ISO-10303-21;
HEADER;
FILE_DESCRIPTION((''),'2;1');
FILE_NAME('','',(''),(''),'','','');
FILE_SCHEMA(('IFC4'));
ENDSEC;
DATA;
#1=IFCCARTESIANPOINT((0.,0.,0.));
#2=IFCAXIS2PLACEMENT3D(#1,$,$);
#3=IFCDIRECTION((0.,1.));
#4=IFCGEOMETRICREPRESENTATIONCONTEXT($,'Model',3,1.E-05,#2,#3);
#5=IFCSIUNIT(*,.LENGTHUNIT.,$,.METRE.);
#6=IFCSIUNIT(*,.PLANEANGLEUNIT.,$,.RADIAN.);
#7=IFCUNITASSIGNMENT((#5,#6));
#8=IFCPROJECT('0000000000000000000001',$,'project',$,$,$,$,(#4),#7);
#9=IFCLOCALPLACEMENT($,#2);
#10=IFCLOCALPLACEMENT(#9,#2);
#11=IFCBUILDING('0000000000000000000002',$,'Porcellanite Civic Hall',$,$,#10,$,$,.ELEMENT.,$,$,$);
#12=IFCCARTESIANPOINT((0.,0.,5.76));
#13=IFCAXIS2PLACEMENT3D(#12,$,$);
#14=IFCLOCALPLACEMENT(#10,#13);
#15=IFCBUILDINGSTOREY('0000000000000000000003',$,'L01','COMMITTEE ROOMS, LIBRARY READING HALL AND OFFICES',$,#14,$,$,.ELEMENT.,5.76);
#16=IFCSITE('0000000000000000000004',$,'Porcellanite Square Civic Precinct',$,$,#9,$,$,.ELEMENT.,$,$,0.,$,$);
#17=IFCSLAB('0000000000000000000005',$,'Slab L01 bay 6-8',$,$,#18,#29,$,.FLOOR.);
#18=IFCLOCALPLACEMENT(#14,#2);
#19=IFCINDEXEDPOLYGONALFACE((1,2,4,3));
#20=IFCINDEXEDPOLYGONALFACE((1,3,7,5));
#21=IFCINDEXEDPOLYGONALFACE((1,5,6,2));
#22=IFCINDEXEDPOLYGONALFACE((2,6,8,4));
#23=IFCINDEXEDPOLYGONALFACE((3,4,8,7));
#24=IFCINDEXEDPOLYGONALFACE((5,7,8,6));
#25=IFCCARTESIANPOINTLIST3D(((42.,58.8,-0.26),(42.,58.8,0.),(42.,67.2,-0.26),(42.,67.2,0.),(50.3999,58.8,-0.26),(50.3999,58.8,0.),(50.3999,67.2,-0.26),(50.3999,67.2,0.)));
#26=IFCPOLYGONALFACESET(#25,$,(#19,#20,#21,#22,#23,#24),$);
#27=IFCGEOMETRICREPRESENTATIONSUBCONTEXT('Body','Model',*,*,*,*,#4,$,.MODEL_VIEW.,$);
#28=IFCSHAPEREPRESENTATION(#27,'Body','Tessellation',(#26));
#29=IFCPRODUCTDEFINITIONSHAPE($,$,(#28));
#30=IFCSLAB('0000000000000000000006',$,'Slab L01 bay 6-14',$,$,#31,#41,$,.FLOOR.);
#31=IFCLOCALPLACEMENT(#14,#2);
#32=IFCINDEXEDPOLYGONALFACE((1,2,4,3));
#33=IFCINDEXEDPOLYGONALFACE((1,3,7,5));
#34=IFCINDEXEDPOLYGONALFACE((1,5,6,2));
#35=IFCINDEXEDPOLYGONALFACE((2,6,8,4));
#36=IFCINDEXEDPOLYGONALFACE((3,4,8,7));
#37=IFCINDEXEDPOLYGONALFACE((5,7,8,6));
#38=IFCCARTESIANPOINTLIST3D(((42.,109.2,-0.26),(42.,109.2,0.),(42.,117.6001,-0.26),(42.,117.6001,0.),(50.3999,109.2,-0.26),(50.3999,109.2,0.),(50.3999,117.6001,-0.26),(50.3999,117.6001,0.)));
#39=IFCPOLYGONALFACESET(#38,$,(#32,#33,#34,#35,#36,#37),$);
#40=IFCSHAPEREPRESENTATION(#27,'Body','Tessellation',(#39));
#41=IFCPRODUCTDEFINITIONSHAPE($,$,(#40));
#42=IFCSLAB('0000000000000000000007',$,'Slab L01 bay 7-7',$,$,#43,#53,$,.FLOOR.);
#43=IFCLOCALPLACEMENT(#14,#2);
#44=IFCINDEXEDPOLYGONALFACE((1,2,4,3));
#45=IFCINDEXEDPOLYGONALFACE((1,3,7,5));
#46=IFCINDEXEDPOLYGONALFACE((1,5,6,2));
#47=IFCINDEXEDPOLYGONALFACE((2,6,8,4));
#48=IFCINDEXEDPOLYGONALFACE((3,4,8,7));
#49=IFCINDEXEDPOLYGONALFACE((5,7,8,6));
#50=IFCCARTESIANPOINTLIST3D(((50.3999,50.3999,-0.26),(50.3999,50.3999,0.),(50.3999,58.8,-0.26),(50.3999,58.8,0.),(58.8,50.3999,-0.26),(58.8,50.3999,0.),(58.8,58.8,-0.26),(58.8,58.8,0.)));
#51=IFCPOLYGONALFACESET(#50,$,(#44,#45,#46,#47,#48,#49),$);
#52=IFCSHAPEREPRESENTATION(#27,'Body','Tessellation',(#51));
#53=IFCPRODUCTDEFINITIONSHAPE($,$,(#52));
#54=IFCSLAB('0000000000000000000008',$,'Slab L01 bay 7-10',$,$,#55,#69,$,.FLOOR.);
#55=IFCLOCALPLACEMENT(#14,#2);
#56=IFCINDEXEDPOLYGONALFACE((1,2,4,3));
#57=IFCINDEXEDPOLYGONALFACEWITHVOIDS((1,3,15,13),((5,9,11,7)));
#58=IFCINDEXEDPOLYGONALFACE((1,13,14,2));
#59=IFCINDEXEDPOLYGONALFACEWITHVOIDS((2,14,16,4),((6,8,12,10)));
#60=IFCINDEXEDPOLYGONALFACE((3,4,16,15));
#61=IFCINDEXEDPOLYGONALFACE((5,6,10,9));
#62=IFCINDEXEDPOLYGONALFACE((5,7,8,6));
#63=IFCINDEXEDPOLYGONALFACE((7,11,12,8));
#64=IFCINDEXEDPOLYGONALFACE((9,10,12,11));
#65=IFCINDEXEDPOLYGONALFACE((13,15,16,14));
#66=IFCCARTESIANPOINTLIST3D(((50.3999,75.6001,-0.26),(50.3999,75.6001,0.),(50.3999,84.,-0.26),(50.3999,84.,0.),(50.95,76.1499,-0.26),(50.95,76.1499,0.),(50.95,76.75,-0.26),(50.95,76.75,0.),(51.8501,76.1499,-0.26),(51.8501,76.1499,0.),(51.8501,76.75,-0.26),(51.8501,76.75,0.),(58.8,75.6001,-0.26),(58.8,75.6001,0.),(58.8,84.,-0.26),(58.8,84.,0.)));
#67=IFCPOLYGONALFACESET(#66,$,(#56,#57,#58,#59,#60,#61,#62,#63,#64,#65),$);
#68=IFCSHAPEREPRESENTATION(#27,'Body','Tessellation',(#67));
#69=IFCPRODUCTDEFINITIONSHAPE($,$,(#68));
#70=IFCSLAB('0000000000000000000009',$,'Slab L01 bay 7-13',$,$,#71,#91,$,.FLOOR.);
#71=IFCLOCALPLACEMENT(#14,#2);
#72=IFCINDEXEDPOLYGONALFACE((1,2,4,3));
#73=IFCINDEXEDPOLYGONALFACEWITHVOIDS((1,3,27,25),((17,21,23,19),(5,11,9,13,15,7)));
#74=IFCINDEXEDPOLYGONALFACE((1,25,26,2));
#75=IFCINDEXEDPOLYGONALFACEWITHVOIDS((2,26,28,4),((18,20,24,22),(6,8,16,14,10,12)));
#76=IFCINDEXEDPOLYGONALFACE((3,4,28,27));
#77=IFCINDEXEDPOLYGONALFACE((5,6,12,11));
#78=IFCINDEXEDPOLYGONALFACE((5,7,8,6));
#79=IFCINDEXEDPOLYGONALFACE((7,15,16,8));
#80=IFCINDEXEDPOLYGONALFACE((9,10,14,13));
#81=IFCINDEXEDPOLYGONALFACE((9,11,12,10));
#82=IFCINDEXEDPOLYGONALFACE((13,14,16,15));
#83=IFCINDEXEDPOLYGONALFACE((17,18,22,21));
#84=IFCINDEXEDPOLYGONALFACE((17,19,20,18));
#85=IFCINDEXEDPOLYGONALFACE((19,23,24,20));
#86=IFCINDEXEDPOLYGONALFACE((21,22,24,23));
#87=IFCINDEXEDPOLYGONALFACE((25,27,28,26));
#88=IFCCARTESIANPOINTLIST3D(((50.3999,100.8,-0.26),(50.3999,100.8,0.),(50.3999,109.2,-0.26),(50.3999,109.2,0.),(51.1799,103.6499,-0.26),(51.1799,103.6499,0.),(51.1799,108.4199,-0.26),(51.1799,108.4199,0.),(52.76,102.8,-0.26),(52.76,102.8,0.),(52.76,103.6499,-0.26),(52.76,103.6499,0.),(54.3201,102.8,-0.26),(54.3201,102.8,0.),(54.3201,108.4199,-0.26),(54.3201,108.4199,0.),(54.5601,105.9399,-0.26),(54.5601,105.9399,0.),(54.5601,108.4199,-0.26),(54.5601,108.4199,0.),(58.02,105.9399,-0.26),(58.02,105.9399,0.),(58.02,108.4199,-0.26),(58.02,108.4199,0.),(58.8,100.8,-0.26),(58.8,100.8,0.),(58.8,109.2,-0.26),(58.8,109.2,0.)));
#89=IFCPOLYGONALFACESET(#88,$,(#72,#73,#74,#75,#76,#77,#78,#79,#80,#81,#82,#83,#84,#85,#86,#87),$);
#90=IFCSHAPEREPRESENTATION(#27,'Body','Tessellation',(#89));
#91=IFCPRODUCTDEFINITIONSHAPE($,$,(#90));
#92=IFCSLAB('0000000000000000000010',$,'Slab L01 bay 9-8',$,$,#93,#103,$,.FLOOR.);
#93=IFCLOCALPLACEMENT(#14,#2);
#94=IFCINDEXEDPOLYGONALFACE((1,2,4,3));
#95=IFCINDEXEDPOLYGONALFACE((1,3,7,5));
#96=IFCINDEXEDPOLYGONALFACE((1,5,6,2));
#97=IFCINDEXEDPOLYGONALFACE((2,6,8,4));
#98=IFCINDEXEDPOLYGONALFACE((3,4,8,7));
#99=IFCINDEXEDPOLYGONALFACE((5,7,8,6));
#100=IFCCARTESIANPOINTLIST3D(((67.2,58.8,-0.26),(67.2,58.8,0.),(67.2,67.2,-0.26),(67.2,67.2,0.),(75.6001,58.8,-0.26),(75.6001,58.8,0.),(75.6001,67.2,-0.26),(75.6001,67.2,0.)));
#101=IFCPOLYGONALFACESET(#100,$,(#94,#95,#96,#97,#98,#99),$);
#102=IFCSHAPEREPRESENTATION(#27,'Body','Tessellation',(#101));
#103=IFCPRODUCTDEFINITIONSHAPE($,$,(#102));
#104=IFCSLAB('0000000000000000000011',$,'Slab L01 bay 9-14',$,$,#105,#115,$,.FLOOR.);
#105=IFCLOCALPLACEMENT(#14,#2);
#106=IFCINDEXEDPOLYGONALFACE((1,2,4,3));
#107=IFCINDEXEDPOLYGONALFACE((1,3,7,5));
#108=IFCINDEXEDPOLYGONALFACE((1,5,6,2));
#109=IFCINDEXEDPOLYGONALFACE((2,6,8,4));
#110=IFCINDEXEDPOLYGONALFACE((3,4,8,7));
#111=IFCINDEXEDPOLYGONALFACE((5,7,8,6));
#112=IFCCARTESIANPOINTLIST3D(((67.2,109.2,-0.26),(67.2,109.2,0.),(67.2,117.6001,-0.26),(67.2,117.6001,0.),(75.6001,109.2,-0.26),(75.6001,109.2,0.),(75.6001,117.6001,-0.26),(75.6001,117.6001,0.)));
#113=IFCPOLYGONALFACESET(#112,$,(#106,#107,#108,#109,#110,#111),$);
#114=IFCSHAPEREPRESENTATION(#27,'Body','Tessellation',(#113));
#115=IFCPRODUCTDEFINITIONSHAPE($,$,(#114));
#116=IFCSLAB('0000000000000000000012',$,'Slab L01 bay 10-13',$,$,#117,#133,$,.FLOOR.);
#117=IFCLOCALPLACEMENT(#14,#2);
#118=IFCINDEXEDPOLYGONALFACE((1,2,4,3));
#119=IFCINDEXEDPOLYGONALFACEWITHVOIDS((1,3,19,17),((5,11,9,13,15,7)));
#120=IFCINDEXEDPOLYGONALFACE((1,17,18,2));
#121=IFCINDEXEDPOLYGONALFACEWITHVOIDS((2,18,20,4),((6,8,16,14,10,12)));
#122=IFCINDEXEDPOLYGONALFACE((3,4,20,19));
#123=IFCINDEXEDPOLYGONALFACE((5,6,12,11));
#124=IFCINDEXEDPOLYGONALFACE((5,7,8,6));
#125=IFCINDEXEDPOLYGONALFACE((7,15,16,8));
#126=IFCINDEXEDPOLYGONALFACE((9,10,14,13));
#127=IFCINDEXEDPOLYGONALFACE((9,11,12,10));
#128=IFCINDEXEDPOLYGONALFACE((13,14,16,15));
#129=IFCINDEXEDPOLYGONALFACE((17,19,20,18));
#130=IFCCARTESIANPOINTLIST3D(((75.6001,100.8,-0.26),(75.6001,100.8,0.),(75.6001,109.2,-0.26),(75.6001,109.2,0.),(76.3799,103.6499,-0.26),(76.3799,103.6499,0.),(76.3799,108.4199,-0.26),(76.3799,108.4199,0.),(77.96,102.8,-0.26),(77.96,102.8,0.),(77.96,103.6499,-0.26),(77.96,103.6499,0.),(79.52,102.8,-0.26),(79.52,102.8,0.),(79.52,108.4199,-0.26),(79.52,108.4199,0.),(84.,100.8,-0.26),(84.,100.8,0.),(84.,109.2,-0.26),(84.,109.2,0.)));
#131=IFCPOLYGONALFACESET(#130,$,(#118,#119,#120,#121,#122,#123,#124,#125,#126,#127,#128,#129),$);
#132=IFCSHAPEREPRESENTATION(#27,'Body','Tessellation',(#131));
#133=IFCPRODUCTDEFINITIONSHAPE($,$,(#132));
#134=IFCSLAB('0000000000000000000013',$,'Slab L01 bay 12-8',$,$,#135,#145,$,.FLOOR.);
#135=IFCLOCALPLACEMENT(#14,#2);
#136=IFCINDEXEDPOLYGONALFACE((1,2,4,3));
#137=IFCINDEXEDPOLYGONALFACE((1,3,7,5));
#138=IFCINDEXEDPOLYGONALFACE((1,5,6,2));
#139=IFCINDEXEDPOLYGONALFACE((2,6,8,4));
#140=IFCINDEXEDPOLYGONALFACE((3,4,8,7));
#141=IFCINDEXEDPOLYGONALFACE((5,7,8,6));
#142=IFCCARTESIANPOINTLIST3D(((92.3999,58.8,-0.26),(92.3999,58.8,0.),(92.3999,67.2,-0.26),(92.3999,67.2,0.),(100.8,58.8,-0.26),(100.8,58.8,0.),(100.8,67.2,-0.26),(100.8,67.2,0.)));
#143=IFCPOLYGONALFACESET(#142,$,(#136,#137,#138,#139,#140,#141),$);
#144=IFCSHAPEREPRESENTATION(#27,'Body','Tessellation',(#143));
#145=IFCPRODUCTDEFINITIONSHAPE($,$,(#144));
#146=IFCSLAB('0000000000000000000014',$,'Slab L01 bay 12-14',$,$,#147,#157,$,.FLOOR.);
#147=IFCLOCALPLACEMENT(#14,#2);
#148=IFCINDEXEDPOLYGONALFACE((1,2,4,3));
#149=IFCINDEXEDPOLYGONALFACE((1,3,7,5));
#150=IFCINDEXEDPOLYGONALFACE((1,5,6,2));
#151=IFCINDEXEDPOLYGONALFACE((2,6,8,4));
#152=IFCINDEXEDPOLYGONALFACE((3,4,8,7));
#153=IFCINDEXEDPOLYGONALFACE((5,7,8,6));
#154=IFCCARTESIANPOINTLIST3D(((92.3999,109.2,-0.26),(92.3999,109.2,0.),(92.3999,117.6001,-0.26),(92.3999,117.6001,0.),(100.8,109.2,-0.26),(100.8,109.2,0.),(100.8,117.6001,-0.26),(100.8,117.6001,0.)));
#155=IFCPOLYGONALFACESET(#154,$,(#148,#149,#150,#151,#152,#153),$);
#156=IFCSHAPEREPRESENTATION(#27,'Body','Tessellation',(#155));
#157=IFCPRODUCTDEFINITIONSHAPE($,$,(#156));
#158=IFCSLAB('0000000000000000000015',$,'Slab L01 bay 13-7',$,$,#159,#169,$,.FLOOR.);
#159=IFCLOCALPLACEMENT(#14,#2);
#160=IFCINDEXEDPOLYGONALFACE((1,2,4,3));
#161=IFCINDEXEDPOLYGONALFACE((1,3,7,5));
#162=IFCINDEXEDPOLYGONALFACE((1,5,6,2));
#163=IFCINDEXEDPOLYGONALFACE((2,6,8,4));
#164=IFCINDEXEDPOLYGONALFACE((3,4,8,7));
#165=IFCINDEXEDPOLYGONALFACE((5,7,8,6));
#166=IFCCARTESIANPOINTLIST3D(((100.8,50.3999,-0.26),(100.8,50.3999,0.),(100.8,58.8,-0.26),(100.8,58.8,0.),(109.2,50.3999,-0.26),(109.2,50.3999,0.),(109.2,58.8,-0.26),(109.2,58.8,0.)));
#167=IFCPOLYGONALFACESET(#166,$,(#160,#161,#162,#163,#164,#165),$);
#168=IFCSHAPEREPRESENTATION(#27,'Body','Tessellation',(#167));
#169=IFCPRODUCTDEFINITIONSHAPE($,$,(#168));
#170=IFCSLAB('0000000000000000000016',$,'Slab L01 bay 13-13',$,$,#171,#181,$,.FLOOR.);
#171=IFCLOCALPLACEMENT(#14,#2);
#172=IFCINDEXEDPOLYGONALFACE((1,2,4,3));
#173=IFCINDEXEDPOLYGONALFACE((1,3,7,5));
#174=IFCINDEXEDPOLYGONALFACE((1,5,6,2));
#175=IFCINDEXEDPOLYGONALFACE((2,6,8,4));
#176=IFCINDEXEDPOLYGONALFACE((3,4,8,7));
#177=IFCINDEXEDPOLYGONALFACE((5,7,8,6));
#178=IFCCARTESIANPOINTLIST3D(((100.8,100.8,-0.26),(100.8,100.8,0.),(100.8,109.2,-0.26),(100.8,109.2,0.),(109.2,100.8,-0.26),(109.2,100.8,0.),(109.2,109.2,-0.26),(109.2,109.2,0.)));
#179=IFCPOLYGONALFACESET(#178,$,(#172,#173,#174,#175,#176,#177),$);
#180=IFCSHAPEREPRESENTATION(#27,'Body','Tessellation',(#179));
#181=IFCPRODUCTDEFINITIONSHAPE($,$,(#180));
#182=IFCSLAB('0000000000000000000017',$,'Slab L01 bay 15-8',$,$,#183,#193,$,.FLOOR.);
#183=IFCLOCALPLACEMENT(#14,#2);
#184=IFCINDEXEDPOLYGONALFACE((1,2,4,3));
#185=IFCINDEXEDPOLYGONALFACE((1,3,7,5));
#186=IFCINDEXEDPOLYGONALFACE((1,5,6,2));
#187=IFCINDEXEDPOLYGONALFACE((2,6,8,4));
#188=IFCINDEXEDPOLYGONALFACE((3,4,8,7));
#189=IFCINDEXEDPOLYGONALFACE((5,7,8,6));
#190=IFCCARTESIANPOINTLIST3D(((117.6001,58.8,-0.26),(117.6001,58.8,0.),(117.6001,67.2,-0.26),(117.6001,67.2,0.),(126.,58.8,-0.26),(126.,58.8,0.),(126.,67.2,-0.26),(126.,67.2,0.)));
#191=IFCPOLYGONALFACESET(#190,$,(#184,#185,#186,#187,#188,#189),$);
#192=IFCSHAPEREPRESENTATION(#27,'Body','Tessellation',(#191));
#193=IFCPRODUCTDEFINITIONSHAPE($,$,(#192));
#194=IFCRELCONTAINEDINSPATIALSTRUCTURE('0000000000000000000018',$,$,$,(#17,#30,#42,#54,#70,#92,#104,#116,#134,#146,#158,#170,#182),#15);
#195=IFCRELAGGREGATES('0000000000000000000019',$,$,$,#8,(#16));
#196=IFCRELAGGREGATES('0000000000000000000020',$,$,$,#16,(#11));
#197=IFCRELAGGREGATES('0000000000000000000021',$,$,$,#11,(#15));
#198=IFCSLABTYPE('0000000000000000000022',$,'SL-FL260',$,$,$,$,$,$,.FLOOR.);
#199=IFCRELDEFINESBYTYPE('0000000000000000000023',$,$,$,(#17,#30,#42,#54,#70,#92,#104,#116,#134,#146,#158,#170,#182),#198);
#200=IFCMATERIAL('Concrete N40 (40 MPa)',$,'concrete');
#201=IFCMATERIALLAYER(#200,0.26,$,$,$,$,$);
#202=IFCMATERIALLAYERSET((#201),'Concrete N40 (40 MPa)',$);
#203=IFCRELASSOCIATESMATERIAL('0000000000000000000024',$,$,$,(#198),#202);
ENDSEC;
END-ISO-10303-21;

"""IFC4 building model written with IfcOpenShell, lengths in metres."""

from ifc_helpers import new_model, si_unit, direction, frame, origin, place, context, subcontext, project, spatial, polyline, outline, extrude, material, layer, layer_set, type_object, element, save


model = new_model("IFC4")

# Units and contexts
model_context = context("Model", 3, precision=1e-05, world=origin(), true_north=direction((0.0, 1.0)))
body_context = subcontext(model_context, "Body", "Model", "MODEL_VIEW")
ifc_project = project(units=[si_unit("LENGTHUNIT", "METRE"), si_unit("PLANEANGLEUNIT", "RADIAN")], contexts=[model_context])

# Site, building, storey
site_placement = place(None, origin())
site = spatial("IfcSite", under=ifc_project, at=site_placement, Name="Porcellanite Square Civic Precinct", CompositionType="ELEMENT", RefElevation=0.0)
building_placement = place(site_placement, origin())
building = spatial("IfcBuilding", under=site, at=building_placement, Name="Porcellanite Civic Hall", CompositionType="ELEMENT")
storey_placement = place(building_placement, frame((0.0, 0.0, 5.76)))
storey = spatial("IfcBuildingStorey", under=building, at=storey_placement, Name="L01", Description="COMMITTEE ROOMS, LIBRARY READING HALL AND OFFICES", CompositionType="ELEMENT", Elevation=5.76)

# Slabs
ifc_material = material(Name="Concrete N40 (40 MPa)", Category="concrete")
ifc_layer = layer(ifc_material, 0.26)
ifc_layer_set = layer_set([ifc_layer], Name="Concrete N40 (40 MPa)")
slab_type = type_object("IfcSlabType", Name="SL-FL260", PredefinedType="FLOOR", material=ifc_layer_set)
slab_1_placement = place(storey_placement, frame((0.0, 0.0, -0.26)))
element("IfcSlab", 1, at=slab_1_placement, inside=storey, type_object=slab_type, Name="Slab L01 bay 6-8", PredefinedType="FLOOR", context=body_context, shape_type="SweptSolid", body=[
    extrude(outline(polyline([(42.0, 58.8), (50.3999, 58.8), (50.3999, 67.2), (42.0, 67.2), (42.0, 58.8)])), origin(), (0.0, 0.0, 1.0), 0.26),
])
slab_2_placement = place(storey_placement, frame((0.0, 0.0, -0.26)))
element("IfcSlab", 2, at=slab_2_placement, inside=storey, type_object=slab_type, Name="Slab L01 bay 6-14", PredefinedType="FLOOR", context=body_context, shape_type="SweptSolid", body=[
    extrude(outline(polyline([(42.0, 109.2), (50.3999, 109.2), (50.3999, 117.6001), (42.0, 117.6001), (42.0, 109.2)])), origin(), (0.0, 0.0, 1.0), 0.26),
])
slab_3_placement = place(storey_placement, frame((0.0, 0.0, -0.26)))
element("IfcSlab", 3, at=slab_3_placement, inside=storey, type_object=slab_type, Name="Slab L01 bay 7-7", PredefinedType="FLOOR", context=body_context, shape_type="SweptSolid", body=[
    extrude(outline(polyline([(50.3999, 50.3999), (58.8, 50.3999), (58.8, 58.8), (50.3999, 58.8), (50.3999, 50.3999)])), origin(), (0.0, 0.0, 1.0), 0.26),
])
slab_4_placement = place(storey_placement, frame((0.0, 0.0, -0.26)))
element("IfcSlab", 4, at=slab_4_placement, inside=storey, type_object=slab_type, Name="Slab L01 bay 7-10", PredefinedType="FLOOR", context=body_context, shape_type="SweptSolid", body=[
    extrude(outline(polyline([(50.3999, 75.6001), (58.8, 75.6001), (58.8, 84.0), (50.3999, 84.0), (50.3999, 75.6001)]), holes=[polyline([(50.95, 76.1499), (51.8501, 76.1499), (51.8501, 76.75), (50.95, 76.75), (50.95, 76.1499)])]), origin(), (0.0, 0.0, 1.0), 0.26),
])
slab_5_placement = place(storey_placement, frame((0.0, 0.0, -0.26)))
element("IfcSlab", 5, at=slab_5_placement, inside=storey, type_object=slab_type, Name="Slab L01 bay 7-13", PredefinedType="FLOOR", context=body_context, shape_type="SweptSolid", body=[
    extrude(outline(polyline([(50.3999, 100.8), (58.8, 100.8), (58.8, 109.2), (50.3999, 109.2), (50.3999, 100.8)]), holes=[polyline([(51.1799, 103.6499), (52.76, 103.6499), (52.76, 102.8), (54.3201, 102.8), (54.3201, 108.4199), (51.1799, 108.4199), (51.1799, 103.6499)]), polyline([(54.5601, 105.9399), (58.02, 105.9399), (58.02, 108.4199), (54.5601, 108.4199), (54.5601, 105.9399)])]), origin(), (0.0, 0.0, 1.0), 0.26),
])
slab_6_placement = place(storey_placement, frame((0.0, 0.0, -0.26)))
element("IfcSlab", 6, at=slab_6_placement, inside=storey, type_object=slab_type, Name="Slab L01 bay 9-8", PredefinedType="FLOOR", context=body_context, shape_type="SweptSolid", body=[
    extrude(outline(polyline([(67.2, 58.8), (75.6001, 58.8), (75.6001, 67.2), (67.2, 67.2), (67.2, 58.8)])), origin(), (0.0, 0.0, 1.0), 0.26),
])
slab_7_placement = place(storey_placement, frame((0.0, 0.0, -0.26)))
element("IfcSlab", 7, at=slab_7_placement, inside=storey, type_object=slab_type, Name="Slab L01 bay 9-14", PredefinedType="FLOOR", context=body_context, shape_type="SweptSolid", body=[
    extrude(outline(polyline([(67.2, 109.2), (75.6001, 109.2), (75.6001, 117.6001), (67.2, 117.6001), (67.2, 109.2)])), origin(), (0.0, 0.0, 1.0), 0.26),
])
slab_8_placement = place(storey_placement, frame((0.0, 0.0, -0.26)))
element("IfcSlab", 8, at=slab_8_placement, inside=storey, type_object=slab_type, Name="Slab L01 bay 10-13", PredefinedType="FLOOR", context=body_context, shape_type="SweptSolid", body=[
    extrude(outline(polyline([(75.6001, 100.8), (84.0, 100.8), (84.0, 109.2), (75.6001, 109.2), (75.6001, 100.8)]), holes=[polyline([(76.3799, 103.6499), (77.96, 103.6499), (77.96, 102.8), (79.52, 102.8), (79.52, 108.4199), (76.3799, 108.4199), (76.3799, 103.6499)])]), origin(), (0.0, 0.0, 1.0), 0.26),
])
slab_9_placement = place(storey_placement, frame((0.0, 0.0, -0.26)))
element("IfcSlab", 9, at=slab_9_placement, inside=storey, type_object=slab_type, Name="Slab L01 bay 12-8", PredefinedType="FLOOR", context=body_context, shape_type="SweptSolid", body=[
    extrude(outline(polyline([(92.3999, 58.8), (100.8, 58.8), (100.8, 67.2), (92.3999, 67.2), (92.3999, 58.8)])), origin(), (0.0, 0.0, 1.0), 0.26),
])
slab_10_placement = place(storey_placement, frame((0.0, 0.0, -0.26)))
element("IfcSlab", 10, at=slab_10_placement, inside=storey, type_object=slab_type, Name="Slab L01 bay 12-14", PredefinedType="FLOOR", context=body_context, shape_type="SweptSolid", body=[
    extrude(outline(polyline([(92.3999, 109.2), (100.8, 109.2), (100.8, 117.6001), (92.3999, 117.6001), (92.3999, 109.2)])), origin(), (0.0, 0.0, 1.0), 0.26),
])
slab_11_placement = place(storey_placement, frame((0.0, 0.0, -0.26)))
element("IfcSlab", 11, at=slab_11_placement, inside=storey, type_object=slab_type, Name="Slab L01 bay 13-7", PredefinedType="FLOOR", context=body_context, shape_type="SweptSolid", body=[
    extrude(outline(polyline([(100.8, 50.3999), (109.2, 50.3999), (109.2, 58.8), (100.8, 58.8), (100.8, 50.3999)])), origin(), (0.0, 0.0, 1.0), 0.26),
])
slab_12_placement = place(storey_placement, frame((0.0, 0.0, -0.26)))
element("IfcSlab", 12, at=slab_12_placement, inside=storey, type_object=slab_type, Name="Slab L01 bay 13-13", PredefinedType="FLOOR", context=body_context, shape_type="SweptSolid", body=[
    extrude(outline(polyline([(100.8, 100.8), (109.2, 100.8), (109.2, 109.2), (100.8, 109.2), (100.8, 100.8)])), origin(), (0.0, 0.0, 1.0), 0.26),
])
slab_13_placement = place(storey_placement, frame((0.0, 0.0, -0.26)))
element("IfcSlab", 13, at=slab_13_placement, inside=storey, type_object=slab_type, Name="Slab L01 bay 15-8", PredefinedType="FLOOR", context=body_context, shape_type="SweptSolid", body=[
    extrude(outline(polyline([(117.6001, 58.8), (126.0, 58.8), (126.0, 67.2), (117.6001, 67.2), (117.6001, 58.8)])), origin(), (0.0, 0.0, 1.0), 0.26),
])

save(model, "model.ifc")
